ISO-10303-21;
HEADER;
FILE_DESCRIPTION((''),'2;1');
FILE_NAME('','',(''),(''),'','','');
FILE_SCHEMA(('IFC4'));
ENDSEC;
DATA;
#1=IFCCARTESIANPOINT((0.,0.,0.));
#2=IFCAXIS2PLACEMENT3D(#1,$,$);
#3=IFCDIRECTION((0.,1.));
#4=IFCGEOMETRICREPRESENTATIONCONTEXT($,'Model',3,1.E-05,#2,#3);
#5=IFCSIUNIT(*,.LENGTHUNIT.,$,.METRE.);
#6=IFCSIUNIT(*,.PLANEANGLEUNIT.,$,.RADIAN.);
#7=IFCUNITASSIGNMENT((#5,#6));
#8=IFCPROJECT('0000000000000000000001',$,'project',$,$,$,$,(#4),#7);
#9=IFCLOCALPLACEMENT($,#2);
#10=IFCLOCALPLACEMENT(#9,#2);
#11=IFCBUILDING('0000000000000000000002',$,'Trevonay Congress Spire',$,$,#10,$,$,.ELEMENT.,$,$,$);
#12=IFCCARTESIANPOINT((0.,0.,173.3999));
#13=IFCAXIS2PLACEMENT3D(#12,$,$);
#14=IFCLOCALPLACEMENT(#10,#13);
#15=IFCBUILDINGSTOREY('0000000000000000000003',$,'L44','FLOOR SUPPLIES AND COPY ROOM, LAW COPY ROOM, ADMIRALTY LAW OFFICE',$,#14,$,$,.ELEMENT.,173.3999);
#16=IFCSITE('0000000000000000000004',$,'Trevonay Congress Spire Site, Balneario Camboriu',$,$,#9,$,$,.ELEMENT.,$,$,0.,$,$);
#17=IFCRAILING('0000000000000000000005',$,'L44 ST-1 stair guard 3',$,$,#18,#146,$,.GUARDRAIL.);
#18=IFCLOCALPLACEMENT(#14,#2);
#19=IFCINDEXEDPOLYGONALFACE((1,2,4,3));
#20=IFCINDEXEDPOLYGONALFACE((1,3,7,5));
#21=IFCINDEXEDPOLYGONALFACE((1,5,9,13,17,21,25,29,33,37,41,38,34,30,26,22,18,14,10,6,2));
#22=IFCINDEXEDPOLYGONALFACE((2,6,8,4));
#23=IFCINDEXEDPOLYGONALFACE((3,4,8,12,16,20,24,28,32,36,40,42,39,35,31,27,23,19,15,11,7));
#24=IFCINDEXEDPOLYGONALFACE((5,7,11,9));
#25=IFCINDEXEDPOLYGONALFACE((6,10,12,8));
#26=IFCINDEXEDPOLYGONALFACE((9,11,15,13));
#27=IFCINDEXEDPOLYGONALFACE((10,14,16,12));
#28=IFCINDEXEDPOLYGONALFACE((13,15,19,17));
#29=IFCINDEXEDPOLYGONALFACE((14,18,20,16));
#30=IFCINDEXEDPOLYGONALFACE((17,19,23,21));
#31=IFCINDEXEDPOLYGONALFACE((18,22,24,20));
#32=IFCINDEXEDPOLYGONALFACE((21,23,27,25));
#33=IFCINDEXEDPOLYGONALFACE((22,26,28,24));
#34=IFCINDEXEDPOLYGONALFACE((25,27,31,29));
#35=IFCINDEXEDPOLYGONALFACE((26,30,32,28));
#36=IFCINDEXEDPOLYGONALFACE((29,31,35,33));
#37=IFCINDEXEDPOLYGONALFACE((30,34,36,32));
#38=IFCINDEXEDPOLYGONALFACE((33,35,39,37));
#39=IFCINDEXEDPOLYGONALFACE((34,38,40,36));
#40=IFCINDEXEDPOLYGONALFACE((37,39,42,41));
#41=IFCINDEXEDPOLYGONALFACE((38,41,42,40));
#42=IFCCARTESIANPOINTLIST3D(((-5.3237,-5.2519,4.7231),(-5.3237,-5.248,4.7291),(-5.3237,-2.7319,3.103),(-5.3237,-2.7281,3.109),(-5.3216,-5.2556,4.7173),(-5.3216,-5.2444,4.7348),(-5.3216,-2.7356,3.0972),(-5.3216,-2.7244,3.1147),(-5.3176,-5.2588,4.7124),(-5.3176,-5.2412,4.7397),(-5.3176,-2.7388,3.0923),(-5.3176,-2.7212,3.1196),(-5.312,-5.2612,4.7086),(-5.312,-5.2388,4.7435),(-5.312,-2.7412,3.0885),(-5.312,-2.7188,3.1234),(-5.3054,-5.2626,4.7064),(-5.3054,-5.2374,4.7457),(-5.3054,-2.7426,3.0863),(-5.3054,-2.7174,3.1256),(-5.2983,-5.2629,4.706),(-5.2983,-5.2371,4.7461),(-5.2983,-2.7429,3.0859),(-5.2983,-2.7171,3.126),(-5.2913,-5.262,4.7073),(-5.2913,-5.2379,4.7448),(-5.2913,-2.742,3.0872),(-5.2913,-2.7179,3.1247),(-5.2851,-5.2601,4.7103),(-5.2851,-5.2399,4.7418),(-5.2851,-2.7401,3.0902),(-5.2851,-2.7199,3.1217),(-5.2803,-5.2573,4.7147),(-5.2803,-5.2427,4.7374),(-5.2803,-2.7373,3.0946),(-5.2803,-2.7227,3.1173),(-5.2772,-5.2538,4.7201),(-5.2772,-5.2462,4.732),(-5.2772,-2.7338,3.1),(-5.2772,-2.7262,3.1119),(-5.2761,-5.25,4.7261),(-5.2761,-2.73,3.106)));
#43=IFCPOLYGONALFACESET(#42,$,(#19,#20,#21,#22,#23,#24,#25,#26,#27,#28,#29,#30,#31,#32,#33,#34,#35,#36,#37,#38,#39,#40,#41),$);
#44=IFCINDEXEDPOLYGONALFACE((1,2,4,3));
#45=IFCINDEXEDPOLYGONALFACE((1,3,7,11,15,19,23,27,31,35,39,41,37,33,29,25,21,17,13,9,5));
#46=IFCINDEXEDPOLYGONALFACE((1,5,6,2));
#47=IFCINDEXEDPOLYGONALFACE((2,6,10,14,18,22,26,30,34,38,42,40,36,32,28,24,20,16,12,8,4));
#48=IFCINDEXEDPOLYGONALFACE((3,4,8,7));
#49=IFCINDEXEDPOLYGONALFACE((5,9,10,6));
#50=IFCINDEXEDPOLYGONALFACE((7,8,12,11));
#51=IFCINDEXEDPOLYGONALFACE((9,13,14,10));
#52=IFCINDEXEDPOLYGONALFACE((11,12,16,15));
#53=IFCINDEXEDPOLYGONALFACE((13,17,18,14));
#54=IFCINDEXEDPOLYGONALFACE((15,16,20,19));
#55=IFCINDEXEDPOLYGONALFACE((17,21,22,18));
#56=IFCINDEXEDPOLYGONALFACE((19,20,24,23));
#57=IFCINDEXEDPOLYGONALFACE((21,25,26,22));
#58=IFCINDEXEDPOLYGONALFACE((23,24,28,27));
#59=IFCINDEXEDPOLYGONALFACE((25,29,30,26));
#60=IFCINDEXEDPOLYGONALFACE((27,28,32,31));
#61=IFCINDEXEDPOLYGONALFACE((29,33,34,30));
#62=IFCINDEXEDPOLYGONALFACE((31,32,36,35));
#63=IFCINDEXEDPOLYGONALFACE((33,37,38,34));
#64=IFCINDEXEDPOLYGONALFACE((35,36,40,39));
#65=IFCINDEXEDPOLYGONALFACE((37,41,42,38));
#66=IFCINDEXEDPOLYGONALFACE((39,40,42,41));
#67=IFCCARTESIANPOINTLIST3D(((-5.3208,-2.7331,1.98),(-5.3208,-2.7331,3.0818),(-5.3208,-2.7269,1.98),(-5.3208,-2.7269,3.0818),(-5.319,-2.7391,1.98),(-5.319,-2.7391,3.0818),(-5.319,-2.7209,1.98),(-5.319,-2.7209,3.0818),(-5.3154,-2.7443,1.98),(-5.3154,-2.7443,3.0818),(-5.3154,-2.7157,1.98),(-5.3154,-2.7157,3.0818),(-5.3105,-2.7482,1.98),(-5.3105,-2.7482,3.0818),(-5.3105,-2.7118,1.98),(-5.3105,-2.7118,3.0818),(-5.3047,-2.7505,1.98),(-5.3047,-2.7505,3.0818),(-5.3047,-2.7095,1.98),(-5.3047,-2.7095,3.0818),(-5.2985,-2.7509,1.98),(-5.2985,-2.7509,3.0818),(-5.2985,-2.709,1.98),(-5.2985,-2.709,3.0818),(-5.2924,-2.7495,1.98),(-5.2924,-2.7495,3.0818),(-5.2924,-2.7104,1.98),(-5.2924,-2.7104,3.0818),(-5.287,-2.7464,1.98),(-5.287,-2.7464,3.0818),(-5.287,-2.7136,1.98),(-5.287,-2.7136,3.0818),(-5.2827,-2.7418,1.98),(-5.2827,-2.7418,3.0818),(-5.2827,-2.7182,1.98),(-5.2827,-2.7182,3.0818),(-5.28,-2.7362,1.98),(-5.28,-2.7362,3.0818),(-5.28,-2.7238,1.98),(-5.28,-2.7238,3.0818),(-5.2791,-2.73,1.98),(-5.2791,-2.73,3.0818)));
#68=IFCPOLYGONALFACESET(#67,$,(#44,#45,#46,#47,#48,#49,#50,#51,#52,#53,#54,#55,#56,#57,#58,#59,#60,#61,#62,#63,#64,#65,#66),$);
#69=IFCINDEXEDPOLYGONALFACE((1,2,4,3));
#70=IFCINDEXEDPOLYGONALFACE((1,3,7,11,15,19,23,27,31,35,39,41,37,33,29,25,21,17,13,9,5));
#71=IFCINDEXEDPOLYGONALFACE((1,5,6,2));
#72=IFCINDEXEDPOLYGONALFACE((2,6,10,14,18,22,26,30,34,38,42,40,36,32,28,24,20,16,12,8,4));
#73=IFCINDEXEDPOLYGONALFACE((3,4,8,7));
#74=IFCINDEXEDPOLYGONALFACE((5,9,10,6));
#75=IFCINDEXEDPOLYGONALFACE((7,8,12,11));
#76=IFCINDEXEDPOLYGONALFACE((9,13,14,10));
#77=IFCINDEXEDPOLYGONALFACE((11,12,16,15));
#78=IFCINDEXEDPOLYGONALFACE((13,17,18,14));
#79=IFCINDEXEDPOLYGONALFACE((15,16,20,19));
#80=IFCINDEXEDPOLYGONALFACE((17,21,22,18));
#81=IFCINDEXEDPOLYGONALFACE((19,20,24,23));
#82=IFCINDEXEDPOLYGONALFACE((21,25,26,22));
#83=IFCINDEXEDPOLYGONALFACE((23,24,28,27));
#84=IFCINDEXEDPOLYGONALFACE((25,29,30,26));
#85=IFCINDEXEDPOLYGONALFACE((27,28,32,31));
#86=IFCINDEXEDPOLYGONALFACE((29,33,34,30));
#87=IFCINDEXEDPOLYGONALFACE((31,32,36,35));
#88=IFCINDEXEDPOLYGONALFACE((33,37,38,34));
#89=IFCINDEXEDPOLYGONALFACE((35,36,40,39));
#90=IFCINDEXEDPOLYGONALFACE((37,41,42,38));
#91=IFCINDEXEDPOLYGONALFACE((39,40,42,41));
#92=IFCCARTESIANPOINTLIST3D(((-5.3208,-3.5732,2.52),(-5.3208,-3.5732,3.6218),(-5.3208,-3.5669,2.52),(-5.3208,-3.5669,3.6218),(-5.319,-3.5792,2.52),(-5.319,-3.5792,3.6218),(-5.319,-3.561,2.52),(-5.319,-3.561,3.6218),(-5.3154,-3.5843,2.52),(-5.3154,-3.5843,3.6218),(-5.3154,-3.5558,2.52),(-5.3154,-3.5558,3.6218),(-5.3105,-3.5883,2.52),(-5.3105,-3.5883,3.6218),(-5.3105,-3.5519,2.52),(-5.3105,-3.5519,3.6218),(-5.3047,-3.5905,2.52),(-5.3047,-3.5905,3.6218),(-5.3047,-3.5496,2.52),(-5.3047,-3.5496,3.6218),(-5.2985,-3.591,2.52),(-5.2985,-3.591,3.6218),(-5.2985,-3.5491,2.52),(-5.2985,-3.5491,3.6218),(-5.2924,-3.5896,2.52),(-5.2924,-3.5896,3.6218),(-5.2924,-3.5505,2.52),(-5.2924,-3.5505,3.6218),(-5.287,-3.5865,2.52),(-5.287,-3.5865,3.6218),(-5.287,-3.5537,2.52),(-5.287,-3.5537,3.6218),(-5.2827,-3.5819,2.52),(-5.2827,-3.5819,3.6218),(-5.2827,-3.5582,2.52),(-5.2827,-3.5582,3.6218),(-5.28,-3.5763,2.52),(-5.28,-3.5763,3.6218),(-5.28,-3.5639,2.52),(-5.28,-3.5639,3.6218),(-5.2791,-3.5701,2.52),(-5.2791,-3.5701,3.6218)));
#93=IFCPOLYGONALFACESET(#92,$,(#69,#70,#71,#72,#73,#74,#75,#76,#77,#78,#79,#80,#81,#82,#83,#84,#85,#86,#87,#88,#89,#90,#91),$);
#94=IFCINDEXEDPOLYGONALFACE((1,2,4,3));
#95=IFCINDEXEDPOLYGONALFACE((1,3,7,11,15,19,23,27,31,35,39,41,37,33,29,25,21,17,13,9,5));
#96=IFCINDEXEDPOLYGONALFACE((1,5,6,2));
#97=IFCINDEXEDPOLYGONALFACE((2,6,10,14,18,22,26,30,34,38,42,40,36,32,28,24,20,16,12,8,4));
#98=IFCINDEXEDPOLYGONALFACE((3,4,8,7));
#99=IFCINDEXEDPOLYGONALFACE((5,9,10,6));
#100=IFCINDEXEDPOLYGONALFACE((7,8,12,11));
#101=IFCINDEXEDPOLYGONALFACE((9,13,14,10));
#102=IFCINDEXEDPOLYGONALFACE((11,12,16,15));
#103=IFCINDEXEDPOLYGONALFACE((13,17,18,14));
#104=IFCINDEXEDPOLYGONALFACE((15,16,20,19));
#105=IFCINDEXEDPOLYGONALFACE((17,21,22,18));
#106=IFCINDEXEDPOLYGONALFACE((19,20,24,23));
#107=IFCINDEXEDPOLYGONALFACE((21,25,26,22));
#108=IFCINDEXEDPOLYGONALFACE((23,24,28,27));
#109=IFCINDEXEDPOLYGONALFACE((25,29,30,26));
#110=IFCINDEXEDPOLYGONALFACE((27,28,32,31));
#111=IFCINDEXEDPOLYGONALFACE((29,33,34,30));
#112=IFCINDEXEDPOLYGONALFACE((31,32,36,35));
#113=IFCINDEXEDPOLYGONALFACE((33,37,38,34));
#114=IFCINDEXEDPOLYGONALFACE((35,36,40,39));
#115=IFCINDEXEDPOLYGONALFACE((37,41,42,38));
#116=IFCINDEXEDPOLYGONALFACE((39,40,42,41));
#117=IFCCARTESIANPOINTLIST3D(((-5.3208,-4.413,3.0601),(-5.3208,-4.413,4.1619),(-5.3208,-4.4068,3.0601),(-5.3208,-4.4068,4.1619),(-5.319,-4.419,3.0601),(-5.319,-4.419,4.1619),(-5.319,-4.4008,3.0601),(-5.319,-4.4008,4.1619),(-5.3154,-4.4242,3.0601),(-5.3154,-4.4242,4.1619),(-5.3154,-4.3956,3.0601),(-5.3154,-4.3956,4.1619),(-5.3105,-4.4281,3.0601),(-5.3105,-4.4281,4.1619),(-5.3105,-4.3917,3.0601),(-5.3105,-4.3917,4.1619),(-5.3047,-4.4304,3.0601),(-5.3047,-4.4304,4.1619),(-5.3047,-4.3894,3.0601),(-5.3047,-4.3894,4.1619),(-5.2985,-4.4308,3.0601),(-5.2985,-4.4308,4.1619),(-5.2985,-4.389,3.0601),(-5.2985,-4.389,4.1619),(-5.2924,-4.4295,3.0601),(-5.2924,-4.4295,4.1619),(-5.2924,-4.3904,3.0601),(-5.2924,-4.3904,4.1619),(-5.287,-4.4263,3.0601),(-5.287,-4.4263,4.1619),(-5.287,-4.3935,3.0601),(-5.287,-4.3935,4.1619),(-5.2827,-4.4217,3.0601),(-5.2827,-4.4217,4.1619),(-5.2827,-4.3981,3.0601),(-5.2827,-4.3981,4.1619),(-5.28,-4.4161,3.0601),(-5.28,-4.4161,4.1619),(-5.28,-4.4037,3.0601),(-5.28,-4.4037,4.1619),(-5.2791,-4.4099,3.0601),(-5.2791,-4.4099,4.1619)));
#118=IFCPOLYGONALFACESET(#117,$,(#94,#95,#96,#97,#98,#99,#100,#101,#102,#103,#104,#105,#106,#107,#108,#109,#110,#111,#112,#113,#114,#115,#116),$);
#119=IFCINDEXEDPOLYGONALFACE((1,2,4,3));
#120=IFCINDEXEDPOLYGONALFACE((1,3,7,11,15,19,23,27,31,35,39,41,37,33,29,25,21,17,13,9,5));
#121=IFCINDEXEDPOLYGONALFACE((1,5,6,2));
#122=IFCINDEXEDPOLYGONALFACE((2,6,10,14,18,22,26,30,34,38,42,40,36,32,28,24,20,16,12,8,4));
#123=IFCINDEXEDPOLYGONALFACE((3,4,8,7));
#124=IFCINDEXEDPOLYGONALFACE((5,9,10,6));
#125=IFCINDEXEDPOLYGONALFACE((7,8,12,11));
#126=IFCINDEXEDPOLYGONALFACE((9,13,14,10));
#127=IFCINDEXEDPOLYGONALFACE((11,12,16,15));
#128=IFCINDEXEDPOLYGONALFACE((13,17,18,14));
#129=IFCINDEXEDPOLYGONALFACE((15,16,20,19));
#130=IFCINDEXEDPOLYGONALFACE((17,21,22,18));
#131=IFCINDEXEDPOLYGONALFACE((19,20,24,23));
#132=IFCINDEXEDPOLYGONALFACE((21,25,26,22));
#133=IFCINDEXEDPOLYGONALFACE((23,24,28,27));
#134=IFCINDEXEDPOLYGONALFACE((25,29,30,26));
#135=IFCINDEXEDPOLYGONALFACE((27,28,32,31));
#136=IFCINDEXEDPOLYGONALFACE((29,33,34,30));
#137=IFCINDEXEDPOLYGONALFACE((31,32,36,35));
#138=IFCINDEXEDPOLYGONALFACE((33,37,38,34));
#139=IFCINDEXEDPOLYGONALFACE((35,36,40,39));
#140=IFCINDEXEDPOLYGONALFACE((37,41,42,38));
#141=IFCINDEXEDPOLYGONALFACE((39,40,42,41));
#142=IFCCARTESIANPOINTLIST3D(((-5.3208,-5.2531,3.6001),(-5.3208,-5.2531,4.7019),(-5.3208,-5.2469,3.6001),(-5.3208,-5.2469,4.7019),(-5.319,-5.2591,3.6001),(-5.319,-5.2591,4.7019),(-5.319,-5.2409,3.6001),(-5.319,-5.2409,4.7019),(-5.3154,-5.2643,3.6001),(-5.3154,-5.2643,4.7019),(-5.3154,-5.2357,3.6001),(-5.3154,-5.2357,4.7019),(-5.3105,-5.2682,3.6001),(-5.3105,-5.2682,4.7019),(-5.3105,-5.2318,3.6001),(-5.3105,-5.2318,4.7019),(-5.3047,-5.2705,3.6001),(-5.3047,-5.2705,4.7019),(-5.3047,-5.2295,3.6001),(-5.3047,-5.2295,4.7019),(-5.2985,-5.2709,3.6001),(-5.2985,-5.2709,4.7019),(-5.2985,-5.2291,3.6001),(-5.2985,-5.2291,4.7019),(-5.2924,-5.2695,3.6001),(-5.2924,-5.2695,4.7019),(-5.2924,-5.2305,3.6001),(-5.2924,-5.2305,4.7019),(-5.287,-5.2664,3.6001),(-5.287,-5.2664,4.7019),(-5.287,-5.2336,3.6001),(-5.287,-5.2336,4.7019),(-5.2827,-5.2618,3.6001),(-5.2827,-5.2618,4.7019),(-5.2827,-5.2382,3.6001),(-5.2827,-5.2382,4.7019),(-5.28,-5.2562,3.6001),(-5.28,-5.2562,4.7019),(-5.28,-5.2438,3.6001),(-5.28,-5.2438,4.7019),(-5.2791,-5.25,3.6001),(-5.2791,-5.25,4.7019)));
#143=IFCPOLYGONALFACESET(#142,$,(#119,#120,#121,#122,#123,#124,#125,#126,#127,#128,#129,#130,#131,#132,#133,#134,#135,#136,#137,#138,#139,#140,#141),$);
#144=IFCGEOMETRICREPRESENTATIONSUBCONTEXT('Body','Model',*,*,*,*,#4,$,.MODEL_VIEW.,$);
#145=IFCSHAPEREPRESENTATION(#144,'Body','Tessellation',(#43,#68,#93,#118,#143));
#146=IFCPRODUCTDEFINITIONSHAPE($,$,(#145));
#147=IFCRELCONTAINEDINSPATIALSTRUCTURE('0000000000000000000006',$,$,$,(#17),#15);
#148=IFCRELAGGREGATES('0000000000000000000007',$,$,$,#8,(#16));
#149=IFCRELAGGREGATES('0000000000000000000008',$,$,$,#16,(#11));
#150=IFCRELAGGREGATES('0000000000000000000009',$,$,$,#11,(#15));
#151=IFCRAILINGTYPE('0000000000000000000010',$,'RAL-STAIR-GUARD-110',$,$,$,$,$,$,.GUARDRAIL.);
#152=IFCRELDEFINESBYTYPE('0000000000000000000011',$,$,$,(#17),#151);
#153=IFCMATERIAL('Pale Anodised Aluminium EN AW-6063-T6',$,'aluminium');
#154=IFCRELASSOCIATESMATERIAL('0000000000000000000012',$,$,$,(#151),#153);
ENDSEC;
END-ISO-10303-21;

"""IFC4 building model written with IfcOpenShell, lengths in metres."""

from ifc_helpers import new_model, si_unit, direction, frame, origin, origin_2d, place, context, subcontext, project, spatial, circle, extrude, material, type_object, element, save


model = new_model("IFC4")

# Units and contexts
model_context = context("Model", 3, precision=1e-05, world=origin(), true_north=direction((0.0, 1.0)))
body_context = subcontext(model_context, "Body", "Model", "MODEL_VIEW")
ifc_project = project(units=[si_unit("LENGTHUNIT", "METRE"), si_unit("PLANEANGLEUNIT", "RADIAN")], contexts=[model_context])

# Site, building, storey
site_placement = place(None, origin())
site = spatial("IfcSite", under=ifc_project, at=site_placement, Name="Trevonay Congress Spire Site, Balneario Camboriu", CompositionType="ELEMENT", RefElevation=0.0)
building_placement = place(site_placement, origin())
building = spatial("IfcBuilding", under=site, at=building_placement, Name="Trevonay Congress Spire", CompositionType="ELEMENT")
storey_placement = place(building_placement, frame((0.0, 0.0, 173.3999)))
storey = spatial("IfcBuildingStorey", under=building, at=storey_placement, Name="L44", Description="FLOOR SUPPLIES AND COPY ROOM, LAW COPY ROOM, ADMIRALTY LAW OFFICE", CompositionType="ELEMENT", Elevation=173.3999)

# Railing
ifc_material_1 = material(Name="Pale Anodised Aluminium EN AW-6063-T6", Category="aluminium")
railing_type_1 = type_object("IfcRailingType", Name="RAL-STAIR-GUARD-110", PredefinedType="GUARDRAIL", material=ifc_material_1)
railing_1_placement = place(storey_placement, frame((-5.3, -2.73, 1.98)))
element("IfcRailing", 1, at=railing_1_placement, inside=storey, type_object=railing_type_1, Name="L44 ST-1 stair guard 3", PredefinedType="GUARDRAIL", context=body_context, shape_type="SweptSolid", body=[
    extrude(circle(Radius=0.0239, at=origin_2d()), frame((0.0, 0.0, 1.126), z_axis=(0.0, -0.841163, 0.540782), x_axis=(1.0, 0.0, 0.0)), (0.0, 0.0, 1.0), 2.9958),
    extrude(circle(Radius=0.021, at=origin_2d()), origin(), (0.0, 0.0, 1.0), 1.1018),
    extrude(circle(Radius=0.021, at=origin_2d()), frame((0.0, -0.8401, 0.54)), (0.0, 0.0, 1.0), 1.1018),
    extrude(circle(Radius=0.021, at=origin_2d()), frame((0.0, -1.6799, 1.0801)), (0.0, 0.0, 1.0), 1.1018),
    extrude(circle(Radius=0.021, at=origin_2d()), frame((0.0, -2.52, 1.6201)), (0.0, 0.0, 1.0), 1.1018),
])

save(model, "model.ifc")
